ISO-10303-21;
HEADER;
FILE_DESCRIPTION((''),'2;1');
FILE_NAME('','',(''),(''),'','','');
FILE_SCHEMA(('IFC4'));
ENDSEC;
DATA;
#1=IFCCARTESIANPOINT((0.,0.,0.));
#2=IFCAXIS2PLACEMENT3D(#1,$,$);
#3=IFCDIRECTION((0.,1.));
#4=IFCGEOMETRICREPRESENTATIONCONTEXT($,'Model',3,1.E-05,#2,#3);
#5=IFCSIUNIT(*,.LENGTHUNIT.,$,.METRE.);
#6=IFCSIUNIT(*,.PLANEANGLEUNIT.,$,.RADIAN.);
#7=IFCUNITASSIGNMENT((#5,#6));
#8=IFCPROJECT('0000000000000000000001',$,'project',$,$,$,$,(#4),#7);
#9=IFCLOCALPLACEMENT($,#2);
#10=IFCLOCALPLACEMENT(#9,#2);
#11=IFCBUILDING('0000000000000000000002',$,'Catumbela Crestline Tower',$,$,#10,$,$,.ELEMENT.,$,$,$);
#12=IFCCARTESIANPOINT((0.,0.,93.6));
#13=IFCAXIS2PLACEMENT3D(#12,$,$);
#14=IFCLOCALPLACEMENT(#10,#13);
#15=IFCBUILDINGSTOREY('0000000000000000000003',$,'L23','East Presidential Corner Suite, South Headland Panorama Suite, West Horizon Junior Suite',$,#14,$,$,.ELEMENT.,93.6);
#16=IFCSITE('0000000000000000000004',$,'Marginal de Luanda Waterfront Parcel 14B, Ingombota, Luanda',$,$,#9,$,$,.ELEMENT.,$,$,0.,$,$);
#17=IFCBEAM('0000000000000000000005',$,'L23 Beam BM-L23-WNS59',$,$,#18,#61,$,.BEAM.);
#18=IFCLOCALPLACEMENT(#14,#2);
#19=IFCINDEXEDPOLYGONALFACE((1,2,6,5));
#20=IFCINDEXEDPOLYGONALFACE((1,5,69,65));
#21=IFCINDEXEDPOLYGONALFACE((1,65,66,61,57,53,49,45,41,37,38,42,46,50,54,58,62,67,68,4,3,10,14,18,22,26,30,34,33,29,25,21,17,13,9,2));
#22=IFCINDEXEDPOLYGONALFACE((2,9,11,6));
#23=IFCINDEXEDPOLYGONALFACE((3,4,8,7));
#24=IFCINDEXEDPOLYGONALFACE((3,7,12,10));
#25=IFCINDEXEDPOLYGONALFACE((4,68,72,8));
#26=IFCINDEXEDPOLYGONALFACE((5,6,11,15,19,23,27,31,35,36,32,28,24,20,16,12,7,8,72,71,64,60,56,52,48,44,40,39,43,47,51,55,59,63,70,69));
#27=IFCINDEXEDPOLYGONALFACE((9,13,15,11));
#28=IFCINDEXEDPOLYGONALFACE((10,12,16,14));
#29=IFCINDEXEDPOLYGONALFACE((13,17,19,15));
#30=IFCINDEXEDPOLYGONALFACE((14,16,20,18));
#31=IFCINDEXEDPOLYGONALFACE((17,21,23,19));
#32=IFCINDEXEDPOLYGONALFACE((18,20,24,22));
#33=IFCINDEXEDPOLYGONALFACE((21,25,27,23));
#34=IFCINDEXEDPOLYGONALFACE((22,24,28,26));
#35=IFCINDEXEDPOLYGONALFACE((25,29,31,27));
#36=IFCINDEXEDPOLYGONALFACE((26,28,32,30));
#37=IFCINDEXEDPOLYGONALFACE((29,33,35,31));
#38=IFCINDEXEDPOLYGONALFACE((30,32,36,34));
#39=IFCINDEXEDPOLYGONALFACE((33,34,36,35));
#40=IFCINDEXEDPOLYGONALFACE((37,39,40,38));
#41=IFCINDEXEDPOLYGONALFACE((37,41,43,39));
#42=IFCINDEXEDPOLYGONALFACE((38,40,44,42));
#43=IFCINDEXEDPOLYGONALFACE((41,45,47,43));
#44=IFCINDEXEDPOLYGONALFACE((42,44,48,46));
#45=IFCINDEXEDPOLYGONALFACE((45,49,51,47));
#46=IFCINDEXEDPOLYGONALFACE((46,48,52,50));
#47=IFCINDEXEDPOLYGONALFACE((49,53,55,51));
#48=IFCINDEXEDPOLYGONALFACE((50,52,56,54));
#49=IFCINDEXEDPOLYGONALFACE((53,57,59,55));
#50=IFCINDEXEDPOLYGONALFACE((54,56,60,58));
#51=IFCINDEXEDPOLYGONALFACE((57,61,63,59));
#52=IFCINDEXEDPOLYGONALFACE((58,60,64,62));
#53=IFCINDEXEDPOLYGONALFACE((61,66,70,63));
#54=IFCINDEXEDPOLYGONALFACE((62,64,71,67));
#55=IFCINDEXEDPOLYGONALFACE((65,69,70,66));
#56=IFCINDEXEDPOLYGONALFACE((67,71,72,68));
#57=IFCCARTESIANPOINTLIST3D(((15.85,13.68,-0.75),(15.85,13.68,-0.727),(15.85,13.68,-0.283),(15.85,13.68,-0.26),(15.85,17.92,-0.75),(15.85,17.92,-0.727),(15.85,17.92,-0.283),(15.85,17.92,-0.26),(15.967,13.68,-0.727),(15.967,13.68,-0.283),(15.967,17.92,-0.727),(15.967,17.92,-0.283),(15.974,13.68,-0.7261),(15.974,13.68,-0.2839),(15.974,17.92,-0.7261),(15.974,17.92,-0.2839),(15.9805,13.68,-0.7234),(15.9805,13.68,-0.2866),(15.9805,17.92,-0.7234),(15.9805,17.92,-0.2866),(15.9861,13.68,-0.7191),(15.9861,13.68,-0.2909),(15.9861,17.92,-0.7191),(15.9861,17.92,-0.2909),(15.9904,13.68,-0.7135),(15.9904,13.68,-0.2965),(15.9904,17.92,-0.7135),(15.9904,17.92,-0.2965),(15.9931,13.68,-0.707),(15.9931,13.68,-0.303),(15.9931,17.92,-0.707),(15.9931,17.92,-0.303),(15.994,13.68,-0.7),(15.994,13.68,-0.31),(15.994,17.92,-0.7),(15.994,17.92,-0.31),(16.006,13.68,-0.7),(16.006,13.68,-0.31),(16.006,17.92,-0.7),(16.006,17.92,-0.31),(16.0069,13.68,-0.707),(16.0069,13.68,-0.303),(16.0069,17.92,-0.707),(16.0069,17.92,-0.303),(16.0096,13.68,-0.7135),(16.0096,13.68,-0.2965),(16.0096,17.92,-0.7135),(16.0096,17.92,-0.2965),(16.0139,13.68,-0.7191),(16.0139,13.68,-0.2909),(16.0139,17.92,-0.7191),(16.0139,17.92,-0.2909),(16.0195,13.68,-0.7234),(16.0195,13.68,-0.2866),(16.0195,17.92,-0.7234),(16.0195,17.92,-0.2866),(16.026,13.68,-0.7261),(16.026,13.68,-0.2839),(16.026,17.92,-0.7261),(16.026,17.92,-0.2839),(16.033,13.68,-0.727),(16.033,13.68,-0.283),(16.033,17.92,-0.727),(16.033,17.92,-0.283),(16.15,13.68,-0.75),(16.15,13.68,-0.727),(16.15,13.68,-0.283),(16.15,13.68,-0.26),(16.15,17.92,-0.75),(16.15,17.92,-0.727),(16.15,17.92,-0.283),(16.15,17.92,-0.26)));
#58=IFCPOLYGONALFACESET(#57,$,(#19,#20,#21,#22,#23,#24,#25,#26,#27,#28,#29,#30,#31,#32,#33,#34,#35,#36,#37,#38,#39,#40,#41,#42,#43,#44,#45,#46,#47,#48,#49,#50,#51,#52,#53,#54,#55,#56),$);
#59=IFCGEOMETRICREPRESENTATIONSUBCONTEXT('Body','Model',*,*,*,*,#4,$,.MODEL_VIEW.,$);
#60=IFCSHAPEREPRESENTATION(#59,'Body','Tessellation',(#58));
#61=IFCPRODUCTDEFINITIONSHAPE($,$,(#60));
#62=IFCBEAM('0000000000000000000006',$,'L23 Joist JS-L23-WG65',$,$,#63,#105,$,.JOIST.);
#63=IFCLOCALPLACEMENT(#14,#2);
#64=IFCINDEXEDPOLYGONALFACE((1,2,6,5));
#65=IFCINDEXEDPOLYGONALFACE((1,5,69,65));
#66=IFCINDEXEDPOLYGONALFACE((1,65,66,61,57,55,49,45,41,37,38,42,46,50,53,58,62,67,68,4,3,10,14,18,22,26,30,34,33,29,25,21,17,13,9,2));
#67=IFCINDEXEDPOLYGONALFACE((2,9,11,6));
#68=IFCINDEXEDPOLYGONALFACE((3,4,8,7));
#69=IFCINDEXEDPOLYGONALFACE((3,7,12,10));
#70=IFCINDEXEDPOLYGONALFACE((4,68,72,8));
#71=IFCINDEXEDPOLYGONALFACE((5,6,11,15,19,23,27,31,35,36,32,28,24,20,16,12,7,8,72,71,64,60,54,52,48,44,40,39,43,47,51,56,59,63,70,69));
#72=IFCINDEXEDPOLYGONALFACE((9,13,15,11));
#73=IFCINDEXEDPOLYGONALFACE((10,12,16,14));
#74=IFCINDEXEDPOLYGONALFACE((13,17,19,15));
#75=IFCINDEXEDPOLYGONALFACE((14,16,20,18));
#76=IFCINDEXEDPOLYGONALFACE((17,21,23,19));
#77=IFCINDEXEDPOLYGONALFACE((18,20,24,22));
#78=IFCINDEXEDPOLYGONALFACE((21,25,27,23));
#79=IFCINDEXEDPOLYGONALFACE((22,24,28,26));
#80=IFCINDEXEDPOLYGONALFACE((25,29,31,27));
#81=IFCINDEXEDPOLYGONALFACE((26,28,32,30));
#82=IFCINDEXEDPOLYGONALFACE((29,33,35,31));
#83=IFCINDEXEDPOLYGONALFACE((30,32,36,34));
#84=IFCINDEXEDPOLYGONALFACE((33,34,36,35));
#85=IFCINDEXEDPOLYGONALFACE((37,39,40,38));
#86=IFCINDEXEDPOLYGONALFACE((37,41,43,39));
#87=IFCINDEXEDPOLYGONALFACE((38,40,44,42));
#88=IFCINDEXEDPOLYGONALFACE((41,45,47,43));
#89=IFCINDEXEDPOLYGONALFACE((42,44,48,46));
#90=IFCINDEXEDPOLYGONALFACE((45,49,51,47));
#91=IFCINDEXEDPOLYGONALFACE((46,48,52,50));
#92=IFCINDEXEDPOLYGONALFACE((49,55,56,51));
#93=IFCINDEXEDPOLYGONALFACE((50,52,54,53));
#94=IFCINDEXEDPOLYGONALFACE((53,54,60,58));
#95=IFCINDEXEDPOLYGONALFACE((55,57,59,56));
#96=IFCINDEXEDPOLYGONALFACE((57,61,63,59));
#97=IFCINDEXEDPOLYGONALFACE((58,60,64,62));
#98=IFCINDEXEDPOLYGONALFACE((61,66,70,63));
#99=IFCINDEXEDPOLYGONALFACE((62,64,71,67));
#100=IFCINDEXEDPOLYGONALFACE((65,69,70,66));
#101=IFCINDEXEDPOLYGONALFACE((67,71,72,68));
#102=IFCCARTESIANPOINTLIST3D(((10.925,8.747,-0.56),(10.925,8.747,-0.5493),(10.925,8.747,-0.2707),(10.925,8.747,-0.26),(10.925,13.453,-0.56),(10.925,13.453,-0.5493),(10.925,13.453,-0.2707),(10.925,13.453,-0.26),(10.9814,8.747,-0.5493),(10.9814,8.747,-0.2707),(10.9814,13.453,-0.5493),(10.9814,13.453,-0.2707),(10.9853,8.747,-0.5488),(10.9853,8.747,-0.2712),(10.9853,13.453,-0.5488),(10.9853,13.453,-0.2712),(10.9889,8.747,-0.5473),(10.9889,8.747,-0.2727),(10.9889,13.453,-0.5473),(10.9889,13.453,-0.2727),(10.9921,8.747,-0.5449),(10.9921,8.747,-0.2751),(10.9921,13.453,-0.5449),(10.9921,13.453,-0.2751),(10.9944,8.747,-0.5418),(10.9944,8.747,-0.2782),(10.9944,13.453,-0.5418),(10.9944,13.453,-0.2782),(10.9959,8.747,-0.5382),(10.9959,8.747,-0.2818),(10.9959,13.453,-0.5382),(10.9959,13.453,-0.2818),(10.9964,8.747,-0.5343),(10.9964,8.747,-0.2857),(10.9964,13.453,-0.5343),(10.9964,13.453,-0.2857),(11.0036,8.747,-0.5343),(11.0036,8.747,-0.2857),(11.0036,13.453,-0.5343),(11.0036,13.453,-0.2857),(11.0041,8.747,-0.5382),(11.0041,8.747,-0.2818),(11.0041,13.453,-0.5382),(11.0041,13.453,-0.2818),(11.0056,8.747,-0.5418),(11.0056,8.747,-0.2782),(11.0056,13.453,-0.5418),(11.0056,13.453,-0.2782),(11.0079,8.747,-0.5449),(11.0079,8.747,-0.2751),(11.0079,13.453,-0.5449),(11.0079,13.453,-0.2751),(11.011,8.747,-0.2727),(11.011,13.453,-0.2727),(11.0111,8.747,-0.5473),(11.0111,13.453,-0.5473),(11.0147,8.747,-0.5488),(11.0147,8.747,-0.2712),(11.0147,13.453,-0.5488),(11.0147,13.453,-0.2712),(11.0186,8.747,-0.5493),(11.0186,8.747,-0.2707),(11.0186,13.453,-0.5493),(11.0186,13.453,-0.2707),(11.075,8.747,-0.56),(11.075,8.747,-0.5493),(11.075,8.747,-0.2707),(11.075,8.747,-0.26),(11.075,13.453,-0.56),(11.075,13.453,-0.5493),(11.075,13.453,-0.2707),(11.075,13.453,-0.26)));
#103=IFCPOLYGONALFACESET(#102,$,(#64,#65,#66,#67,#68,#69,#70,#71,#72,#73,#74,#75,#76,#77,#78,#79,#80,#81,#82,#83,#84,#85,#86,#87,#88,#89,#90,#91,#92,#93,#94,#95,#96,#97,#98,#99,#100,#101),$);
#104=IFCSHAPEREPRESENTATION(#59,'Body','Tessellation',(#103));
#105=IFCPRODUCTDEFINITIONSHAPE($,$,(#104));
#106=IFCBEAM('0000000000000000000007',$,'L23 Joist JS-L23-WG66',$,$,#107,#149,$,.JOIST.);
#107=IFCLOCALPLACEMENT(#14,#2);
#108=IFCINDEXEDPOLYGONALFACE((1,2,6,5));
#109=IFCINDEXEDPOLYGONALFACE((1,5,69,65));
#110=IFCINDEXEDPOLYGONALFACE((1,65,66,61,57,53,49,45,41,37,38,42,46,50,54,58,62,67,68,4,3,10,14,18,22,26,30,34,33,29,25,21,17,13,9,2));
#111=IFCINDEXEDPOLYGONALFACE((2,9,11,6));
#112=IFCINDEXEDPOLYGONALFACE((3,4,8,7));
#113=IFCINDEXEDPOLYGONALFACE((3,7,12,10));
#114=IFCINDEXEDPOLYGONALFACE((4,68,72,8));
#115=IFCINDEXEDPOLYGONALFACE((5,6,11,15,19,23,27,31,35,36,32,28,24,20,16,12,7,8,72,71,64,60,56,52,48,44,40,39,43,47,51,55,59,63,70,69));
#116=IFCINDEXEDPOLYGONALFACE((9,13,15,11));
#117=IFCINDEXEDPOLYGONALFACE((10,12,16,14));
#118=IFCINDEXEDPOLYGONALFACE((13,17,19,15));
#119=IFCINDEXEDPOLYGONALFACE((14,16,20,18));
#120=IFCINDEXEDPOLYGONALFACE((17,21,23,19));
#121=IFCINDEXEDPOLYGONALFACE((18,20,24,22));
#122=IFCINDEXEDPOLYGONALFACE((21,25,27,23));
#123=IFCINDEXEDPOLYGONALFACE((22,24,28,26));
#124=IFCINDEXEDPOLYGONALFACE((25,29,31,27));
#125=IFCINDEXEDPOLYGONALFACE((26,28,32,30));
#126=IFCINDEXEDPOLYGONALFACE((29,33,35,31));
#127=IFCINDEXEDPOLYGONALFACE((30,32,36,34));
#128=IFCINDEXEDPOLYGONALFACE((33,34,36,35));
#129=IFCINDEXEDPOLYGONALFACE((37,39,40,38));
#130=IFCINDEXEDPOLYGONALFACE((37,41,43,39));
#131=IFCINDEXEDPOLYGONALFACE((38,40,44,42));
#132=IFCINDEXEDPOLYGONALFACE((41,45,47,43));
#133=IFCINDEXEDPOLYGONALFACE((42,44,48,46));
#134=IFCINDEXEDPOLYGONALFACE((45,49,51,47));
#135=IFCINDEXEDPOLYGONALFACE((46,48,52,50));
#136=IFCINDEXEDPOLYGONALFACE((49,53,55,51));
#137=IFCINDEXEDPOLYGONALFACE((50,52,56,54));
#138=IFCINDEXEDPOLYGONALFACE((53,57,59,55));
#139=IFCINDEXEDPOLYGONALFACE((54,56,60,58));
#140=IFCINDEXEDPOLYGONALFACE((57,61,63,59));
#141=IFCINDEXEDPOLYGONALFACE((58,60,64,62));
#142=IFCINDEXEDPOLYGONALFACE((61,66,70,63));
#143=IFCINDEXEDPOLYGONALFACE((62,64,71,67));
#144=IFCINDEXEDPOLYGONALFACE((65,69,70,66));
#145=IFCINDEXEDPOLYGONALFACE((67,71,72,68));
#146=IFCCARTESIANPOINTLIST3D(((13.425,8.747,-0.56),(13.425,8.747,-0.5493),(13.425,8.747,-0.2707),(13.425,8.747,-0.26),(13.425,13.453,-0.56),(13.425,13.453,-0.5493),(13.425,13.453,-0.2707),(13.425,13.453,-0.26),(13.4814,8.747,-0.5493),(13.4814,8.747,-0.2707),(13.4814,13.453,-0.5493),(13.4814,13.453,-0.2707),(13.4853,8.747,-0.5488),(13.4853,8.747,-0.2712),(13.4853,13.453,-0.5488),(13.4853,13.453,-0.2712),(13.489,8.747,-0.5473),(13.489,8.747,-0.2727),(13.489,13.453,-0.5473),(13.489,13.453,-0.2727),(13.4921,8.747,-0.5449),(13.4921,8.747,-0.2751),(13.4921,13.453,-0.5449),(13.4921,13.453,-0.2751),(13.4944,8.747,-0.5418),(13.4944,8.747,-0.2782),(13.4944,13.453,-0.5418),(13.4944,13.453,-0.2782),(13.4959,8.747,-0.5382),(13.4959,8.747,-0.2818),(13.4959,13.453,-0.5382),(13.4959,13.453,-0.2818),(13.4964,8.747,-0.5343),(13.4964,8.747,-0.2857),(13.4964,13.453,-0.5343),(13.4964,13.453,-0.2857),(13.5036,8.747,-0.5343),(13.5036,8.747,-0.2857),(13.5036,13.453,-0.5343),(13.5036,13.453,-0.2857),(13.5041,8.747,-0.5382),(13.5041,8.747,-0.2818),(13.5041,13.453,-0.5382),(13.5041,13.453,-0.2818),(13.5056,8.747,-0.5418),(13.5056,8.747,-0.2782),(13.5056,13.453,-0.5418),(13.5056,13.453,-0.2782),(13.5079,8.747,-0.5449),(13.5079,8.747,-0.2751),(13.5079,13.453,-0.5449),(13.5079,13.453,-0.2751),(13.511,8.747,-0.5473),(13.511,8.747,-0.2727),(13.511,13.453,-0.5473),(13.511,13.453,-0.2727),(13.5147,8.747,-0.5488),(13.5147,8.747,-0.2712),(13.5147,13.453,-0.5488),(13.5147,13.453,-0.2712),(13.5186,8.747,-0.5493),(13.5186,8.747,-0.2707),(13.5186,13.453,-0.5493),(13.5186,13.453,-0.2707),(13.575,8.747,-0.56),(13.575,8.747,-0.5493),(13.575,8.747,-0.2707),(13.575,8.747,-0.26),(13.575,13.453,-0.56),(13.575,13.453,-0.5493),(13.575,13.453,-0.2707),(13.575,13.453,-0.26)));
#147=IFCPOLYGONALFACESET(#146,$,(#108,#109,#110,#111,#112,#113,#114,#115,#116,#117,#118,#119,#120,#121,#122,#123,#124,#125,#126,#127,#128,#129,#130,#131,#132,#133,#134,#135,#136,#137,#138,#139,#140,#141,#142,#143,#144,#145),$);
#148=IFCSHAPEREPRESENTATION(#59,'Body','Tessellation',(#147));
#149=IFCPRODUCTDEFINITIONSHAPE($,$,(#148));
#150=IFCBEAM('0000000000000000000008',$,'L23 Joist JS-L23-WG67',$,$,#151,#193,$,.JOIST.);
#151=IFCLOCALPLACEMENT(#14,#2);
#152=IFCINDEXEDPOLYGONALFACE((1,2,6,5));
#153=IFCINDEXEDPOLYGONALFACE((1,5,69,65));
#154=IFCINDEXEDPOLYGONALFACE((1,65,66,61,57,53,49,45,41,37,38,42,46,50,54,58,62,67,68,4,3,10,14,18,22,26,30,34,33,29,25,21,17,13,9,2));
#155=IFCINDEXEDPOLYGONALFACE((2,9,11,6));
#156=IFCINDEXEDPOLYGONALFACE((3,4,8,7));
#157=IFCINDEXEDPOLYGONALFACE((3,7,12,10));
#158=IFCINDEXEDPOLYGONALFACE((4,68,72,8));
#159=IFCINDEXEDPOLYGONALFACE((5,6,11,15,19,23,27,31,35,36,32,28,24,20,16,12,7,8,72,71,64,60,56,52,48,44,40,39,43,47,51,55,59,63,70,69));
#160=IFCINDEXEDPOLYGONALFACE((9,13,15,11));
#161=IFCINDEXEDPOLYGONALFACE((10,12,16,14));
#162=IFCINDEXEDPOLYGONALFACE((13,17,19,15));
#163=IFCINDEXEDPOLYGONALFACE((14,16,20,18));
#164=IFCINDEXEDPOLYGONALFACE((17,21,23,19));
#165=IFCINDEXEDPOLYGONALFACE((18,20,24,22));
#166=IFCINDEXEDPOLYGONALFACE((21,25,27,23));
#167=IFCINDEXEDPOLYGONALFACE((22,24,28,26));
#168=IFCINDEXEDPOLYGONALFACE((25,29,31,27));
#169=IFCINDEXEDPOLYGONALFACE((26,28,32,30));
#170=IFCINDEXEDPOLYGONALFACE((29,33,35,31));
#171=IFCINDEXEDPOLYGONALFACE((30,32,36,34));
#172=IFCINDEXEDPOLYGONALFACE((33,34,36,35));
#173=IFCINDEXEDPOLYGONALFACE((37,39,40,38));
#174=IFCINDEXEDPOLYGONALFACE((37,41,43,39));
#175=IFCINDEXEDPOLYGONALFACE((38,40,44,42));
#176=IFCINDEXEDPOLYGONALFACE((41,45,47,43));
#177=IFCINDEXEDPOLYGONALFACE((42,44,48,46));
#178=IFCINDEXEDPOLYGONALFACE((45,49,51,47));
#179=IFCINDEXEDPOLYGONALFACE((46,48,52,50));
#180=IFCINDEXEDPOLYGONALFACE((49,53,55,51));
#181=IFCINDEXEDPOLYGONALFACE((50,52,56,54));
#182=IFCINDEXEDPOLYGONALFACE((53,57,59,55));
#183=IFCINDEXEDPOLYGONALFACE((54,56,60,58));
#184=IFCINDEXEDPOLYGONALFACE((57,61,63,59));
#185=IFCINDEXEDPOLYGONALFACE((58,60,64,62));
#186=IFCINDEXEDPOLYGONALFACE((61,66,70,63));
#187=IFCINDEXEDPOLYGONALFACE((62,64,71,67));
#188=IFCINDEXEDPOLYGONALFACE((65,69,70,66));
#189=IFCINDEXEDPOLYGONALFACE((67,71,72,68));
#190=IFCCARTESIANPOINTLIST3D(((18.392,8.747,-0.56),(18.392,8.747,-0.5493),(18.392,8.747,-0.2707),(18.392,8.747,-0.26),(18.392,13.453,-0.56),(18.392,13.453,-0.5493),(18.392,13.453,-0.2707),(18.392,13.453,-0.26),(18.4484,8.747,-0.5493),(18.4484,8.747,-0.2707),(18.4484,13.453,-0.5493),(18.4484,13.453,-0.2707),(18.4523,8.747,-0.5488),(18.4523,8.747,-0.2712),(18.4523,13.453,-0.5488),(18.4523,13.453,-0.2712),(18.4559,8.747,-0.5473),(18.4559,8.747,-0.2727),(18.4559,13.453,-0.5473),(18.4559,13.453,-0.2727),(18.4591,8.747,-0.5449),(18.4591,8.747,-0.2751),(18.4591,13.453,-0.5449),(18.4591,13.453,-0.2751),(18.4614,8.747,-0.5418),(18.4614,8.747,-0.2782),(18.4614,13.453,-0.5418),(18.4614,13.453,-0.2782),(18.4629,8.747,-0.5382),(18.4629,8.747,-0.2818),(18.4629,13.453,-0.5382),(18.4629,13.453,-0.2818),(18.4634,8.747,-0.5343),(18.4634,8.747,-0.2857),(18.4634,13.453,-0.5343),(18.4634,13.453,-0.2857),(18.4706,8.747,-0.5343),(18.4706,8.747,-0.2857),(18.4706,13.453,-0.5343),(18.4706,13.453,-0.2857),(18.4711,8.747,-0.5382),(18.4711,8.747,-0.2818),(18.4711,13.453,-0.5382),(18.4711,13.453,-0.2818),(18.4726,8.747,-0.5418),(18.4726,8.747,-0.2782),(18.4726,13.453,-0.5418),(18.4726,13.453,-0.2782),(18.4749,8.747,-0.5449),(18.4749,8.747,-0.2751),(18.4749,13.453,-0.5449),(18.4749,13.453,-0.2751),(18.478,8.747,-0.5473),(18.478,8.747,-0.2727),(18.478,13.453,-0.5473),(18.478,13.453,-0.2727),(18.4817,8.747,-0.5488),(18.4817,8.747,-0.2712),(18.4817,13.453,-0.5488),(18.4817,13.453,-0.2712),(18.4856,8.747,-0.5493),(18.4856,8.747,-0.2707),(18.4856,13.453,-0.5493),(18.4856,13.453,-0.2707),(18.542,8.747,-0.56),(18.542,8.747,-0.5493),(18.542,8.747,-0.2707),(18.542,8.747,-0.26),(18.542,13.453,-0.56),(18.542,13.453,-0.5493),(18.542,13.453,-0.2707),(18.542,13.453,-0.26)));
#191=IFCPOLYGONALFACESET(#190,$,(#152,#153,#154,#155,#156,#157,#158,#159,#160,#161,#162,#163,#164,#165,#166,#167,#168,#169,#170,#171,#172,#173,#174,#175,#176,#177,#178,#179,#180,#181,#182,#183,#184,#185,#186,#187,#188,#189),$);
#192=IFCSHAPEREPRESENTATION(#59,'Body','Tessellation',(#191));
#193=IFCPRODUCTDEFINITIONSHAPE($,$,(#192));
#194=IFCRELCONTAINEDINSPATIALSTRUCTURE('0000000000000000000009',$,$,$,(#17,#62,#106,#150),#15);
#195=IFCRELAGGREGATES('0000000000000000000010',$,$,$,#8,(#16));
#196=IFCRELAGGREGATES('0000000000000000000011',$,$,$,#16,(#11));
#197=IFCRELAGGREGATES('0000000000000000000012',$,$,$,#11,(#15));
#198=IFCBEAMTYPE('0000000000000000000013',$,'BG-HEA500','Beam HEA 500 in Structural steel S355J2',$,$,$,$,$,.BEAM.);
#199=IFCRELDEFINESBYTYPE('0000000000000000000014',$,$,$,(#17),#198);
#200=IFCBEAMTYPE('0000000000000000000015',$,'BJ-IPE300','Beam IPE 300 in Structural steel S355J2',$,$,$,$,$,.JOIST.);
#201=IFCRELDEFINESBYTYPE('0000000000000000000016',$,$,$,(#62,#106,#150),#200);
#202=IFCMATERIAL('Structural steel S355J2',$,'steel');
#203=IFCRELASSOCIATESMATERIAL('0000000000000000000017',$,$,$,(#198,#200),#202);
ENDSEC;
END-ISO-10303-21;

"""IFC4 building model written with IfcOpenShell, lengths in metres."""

from ifc_helpers import new_model, si_unit, direction, frame, origin, origin_2d, place, context, subcontext, project, spatial, i_section, extrude, material, material_profile, profile_set, type_object, element, save


model = new_model("IFC4")

# Units and contexts
model_context = context("Model", 3, precision=1e-05, world=origin(), true_north=direction((0.0, 1.0)))
body_context = subcontext(model_context, "Body", "Model", "MODEL_VIEW")
ifc_project = project(units=[si_unit("LENGTHUNIT", "METRE"), si_unit("PLANEANGLEUNIT", "RADIAN")], contexts=[model_context])

# Site, building, storey
site_placement = place(None, origin())
site = spatial("IfcSite", under=ifc_project, at=site_placement, Name="Marginal de Luanda Waterfront Parcel 14B, Ingombota, Luanda", CompositionType="ELEMENT", RefElevation=0.0)
building_placement = place(site_placement, origin())
building = spatial("IfcBuilding", under=site, at=building_placement, Name="Catumbela Crestline Tower", CompositionType="ELEMENT")
storey_placement = place(building_placement, frame((0.0, 0.0, 93.6)))
storey = spatial("IfcBuildingStorey", under=building, at=storey_placement, Name="L23", Description="East Presidential Corner Suite, South Headland Panorama Suite, West Horizon Junior Suite", CompositionType="ELEMENT", Elevation=93.6)

# Beams
ifc_material_1 = material(Name="Structural steel S355J2", Category="steel")
ifc_material_profile_1 = material_profile(ifc_material_1, i_section(OverallWidth=0.3, OverallDepth=0.49, WebThickness=0.012, FlangeThickness=0.023, FilletRadius=0.027, at=origin_2d()), Name="HEA 500")
ifc_profile_set_1 = profile_set([ifc_material_profile_1], Name="Structural steel S355J2")
beam_type_1 = type_object("IfcBeamType", Name="BG-HEA500", Description="Beam HEA 500 in Structural steel S355J2", PredefinedType="BEAM", material=ifc_profile_set_1)
beam_1_placement = place(storey_placement, frame((16.0, 13.68, -0.505), z_axis=(0.0, 1.0, 0.0), x_axis=(-1.0, 0.0, 0.0)))
element("IfcBeam", 1, at=beam_1_placement, inside=storey, type_object=beam_type_1, Name="L23 Beam BM-L23-WNS59", PredefinedType="BEAM", context=body_context, shape_type="SweptSolid", body=[
    extrude(i_section(OverallWidth=0.3, OverallDepth=0.49, WebThickness=0.012, FlangeThickness=0.023, FilletRadius=0.027, at=origin_2d()), origin(), (0.0, 0.0, 1.0), 4.24),
])
ifc_material_profile_2 = material_profile(ifc_material_1, i_section(OverallWidth=0.15, OverallDepth=0.3, WebThickness=0.0071, FlangeThickness=0.0107, FilletRadius=0.015, at=origin_2d()), Name="IPE 300")
ifc_profile_set_2 = profile_set([ifc_material_profile_2], Name="Structural steel S355J2")
beam_type_2 = type_object("IfcBeamType", Name="BJ-IPE300", Description="Beam IPE 300 in Structural steel S355J2", PredefinedType="JOIST", material=ifc_profile_set_2)
for number, where, z_axis, x_axis, name in (
    (2, (11.0, 8.747, -0.41), (0.0, 1.0, 0.0), (-1.0, 0.0, 0.0), "L23 Joist JS-L23-WG65"),
    (3, (13.5, 8.747, -0.41), (0.0, 1.0, 0.0), (-1.0, 0.0, 0.0), "L23 Joist JS-L23-WG66"),
    (4, (18.467, 8.747, -0.41), (0.0, 1.0, 0.0), (-1.0, 0.0, 0.0), "L23 Joist JS-L23-WG67"),
):
    element("IfcBeam", number, at=place(storey_placement, frame(where, z_axis=z_axis, x_axis=x_axis)), inside=storey, type_object=beam_type_2, Name=name, PredefinedType="JOIST", context=body_context, shape_type="SweptSolid", body=[
        extrude(i_section(OverallWidth=0.15, OverallDepth=0.3, WebThickness=0.0071, FlangeThickness=0.0107, FilletRadius=0.015, at=origin_2d()), origin(), (0.0, 0.0, 1.0), 4.706),
    ])

save(model, "model.ifc")
